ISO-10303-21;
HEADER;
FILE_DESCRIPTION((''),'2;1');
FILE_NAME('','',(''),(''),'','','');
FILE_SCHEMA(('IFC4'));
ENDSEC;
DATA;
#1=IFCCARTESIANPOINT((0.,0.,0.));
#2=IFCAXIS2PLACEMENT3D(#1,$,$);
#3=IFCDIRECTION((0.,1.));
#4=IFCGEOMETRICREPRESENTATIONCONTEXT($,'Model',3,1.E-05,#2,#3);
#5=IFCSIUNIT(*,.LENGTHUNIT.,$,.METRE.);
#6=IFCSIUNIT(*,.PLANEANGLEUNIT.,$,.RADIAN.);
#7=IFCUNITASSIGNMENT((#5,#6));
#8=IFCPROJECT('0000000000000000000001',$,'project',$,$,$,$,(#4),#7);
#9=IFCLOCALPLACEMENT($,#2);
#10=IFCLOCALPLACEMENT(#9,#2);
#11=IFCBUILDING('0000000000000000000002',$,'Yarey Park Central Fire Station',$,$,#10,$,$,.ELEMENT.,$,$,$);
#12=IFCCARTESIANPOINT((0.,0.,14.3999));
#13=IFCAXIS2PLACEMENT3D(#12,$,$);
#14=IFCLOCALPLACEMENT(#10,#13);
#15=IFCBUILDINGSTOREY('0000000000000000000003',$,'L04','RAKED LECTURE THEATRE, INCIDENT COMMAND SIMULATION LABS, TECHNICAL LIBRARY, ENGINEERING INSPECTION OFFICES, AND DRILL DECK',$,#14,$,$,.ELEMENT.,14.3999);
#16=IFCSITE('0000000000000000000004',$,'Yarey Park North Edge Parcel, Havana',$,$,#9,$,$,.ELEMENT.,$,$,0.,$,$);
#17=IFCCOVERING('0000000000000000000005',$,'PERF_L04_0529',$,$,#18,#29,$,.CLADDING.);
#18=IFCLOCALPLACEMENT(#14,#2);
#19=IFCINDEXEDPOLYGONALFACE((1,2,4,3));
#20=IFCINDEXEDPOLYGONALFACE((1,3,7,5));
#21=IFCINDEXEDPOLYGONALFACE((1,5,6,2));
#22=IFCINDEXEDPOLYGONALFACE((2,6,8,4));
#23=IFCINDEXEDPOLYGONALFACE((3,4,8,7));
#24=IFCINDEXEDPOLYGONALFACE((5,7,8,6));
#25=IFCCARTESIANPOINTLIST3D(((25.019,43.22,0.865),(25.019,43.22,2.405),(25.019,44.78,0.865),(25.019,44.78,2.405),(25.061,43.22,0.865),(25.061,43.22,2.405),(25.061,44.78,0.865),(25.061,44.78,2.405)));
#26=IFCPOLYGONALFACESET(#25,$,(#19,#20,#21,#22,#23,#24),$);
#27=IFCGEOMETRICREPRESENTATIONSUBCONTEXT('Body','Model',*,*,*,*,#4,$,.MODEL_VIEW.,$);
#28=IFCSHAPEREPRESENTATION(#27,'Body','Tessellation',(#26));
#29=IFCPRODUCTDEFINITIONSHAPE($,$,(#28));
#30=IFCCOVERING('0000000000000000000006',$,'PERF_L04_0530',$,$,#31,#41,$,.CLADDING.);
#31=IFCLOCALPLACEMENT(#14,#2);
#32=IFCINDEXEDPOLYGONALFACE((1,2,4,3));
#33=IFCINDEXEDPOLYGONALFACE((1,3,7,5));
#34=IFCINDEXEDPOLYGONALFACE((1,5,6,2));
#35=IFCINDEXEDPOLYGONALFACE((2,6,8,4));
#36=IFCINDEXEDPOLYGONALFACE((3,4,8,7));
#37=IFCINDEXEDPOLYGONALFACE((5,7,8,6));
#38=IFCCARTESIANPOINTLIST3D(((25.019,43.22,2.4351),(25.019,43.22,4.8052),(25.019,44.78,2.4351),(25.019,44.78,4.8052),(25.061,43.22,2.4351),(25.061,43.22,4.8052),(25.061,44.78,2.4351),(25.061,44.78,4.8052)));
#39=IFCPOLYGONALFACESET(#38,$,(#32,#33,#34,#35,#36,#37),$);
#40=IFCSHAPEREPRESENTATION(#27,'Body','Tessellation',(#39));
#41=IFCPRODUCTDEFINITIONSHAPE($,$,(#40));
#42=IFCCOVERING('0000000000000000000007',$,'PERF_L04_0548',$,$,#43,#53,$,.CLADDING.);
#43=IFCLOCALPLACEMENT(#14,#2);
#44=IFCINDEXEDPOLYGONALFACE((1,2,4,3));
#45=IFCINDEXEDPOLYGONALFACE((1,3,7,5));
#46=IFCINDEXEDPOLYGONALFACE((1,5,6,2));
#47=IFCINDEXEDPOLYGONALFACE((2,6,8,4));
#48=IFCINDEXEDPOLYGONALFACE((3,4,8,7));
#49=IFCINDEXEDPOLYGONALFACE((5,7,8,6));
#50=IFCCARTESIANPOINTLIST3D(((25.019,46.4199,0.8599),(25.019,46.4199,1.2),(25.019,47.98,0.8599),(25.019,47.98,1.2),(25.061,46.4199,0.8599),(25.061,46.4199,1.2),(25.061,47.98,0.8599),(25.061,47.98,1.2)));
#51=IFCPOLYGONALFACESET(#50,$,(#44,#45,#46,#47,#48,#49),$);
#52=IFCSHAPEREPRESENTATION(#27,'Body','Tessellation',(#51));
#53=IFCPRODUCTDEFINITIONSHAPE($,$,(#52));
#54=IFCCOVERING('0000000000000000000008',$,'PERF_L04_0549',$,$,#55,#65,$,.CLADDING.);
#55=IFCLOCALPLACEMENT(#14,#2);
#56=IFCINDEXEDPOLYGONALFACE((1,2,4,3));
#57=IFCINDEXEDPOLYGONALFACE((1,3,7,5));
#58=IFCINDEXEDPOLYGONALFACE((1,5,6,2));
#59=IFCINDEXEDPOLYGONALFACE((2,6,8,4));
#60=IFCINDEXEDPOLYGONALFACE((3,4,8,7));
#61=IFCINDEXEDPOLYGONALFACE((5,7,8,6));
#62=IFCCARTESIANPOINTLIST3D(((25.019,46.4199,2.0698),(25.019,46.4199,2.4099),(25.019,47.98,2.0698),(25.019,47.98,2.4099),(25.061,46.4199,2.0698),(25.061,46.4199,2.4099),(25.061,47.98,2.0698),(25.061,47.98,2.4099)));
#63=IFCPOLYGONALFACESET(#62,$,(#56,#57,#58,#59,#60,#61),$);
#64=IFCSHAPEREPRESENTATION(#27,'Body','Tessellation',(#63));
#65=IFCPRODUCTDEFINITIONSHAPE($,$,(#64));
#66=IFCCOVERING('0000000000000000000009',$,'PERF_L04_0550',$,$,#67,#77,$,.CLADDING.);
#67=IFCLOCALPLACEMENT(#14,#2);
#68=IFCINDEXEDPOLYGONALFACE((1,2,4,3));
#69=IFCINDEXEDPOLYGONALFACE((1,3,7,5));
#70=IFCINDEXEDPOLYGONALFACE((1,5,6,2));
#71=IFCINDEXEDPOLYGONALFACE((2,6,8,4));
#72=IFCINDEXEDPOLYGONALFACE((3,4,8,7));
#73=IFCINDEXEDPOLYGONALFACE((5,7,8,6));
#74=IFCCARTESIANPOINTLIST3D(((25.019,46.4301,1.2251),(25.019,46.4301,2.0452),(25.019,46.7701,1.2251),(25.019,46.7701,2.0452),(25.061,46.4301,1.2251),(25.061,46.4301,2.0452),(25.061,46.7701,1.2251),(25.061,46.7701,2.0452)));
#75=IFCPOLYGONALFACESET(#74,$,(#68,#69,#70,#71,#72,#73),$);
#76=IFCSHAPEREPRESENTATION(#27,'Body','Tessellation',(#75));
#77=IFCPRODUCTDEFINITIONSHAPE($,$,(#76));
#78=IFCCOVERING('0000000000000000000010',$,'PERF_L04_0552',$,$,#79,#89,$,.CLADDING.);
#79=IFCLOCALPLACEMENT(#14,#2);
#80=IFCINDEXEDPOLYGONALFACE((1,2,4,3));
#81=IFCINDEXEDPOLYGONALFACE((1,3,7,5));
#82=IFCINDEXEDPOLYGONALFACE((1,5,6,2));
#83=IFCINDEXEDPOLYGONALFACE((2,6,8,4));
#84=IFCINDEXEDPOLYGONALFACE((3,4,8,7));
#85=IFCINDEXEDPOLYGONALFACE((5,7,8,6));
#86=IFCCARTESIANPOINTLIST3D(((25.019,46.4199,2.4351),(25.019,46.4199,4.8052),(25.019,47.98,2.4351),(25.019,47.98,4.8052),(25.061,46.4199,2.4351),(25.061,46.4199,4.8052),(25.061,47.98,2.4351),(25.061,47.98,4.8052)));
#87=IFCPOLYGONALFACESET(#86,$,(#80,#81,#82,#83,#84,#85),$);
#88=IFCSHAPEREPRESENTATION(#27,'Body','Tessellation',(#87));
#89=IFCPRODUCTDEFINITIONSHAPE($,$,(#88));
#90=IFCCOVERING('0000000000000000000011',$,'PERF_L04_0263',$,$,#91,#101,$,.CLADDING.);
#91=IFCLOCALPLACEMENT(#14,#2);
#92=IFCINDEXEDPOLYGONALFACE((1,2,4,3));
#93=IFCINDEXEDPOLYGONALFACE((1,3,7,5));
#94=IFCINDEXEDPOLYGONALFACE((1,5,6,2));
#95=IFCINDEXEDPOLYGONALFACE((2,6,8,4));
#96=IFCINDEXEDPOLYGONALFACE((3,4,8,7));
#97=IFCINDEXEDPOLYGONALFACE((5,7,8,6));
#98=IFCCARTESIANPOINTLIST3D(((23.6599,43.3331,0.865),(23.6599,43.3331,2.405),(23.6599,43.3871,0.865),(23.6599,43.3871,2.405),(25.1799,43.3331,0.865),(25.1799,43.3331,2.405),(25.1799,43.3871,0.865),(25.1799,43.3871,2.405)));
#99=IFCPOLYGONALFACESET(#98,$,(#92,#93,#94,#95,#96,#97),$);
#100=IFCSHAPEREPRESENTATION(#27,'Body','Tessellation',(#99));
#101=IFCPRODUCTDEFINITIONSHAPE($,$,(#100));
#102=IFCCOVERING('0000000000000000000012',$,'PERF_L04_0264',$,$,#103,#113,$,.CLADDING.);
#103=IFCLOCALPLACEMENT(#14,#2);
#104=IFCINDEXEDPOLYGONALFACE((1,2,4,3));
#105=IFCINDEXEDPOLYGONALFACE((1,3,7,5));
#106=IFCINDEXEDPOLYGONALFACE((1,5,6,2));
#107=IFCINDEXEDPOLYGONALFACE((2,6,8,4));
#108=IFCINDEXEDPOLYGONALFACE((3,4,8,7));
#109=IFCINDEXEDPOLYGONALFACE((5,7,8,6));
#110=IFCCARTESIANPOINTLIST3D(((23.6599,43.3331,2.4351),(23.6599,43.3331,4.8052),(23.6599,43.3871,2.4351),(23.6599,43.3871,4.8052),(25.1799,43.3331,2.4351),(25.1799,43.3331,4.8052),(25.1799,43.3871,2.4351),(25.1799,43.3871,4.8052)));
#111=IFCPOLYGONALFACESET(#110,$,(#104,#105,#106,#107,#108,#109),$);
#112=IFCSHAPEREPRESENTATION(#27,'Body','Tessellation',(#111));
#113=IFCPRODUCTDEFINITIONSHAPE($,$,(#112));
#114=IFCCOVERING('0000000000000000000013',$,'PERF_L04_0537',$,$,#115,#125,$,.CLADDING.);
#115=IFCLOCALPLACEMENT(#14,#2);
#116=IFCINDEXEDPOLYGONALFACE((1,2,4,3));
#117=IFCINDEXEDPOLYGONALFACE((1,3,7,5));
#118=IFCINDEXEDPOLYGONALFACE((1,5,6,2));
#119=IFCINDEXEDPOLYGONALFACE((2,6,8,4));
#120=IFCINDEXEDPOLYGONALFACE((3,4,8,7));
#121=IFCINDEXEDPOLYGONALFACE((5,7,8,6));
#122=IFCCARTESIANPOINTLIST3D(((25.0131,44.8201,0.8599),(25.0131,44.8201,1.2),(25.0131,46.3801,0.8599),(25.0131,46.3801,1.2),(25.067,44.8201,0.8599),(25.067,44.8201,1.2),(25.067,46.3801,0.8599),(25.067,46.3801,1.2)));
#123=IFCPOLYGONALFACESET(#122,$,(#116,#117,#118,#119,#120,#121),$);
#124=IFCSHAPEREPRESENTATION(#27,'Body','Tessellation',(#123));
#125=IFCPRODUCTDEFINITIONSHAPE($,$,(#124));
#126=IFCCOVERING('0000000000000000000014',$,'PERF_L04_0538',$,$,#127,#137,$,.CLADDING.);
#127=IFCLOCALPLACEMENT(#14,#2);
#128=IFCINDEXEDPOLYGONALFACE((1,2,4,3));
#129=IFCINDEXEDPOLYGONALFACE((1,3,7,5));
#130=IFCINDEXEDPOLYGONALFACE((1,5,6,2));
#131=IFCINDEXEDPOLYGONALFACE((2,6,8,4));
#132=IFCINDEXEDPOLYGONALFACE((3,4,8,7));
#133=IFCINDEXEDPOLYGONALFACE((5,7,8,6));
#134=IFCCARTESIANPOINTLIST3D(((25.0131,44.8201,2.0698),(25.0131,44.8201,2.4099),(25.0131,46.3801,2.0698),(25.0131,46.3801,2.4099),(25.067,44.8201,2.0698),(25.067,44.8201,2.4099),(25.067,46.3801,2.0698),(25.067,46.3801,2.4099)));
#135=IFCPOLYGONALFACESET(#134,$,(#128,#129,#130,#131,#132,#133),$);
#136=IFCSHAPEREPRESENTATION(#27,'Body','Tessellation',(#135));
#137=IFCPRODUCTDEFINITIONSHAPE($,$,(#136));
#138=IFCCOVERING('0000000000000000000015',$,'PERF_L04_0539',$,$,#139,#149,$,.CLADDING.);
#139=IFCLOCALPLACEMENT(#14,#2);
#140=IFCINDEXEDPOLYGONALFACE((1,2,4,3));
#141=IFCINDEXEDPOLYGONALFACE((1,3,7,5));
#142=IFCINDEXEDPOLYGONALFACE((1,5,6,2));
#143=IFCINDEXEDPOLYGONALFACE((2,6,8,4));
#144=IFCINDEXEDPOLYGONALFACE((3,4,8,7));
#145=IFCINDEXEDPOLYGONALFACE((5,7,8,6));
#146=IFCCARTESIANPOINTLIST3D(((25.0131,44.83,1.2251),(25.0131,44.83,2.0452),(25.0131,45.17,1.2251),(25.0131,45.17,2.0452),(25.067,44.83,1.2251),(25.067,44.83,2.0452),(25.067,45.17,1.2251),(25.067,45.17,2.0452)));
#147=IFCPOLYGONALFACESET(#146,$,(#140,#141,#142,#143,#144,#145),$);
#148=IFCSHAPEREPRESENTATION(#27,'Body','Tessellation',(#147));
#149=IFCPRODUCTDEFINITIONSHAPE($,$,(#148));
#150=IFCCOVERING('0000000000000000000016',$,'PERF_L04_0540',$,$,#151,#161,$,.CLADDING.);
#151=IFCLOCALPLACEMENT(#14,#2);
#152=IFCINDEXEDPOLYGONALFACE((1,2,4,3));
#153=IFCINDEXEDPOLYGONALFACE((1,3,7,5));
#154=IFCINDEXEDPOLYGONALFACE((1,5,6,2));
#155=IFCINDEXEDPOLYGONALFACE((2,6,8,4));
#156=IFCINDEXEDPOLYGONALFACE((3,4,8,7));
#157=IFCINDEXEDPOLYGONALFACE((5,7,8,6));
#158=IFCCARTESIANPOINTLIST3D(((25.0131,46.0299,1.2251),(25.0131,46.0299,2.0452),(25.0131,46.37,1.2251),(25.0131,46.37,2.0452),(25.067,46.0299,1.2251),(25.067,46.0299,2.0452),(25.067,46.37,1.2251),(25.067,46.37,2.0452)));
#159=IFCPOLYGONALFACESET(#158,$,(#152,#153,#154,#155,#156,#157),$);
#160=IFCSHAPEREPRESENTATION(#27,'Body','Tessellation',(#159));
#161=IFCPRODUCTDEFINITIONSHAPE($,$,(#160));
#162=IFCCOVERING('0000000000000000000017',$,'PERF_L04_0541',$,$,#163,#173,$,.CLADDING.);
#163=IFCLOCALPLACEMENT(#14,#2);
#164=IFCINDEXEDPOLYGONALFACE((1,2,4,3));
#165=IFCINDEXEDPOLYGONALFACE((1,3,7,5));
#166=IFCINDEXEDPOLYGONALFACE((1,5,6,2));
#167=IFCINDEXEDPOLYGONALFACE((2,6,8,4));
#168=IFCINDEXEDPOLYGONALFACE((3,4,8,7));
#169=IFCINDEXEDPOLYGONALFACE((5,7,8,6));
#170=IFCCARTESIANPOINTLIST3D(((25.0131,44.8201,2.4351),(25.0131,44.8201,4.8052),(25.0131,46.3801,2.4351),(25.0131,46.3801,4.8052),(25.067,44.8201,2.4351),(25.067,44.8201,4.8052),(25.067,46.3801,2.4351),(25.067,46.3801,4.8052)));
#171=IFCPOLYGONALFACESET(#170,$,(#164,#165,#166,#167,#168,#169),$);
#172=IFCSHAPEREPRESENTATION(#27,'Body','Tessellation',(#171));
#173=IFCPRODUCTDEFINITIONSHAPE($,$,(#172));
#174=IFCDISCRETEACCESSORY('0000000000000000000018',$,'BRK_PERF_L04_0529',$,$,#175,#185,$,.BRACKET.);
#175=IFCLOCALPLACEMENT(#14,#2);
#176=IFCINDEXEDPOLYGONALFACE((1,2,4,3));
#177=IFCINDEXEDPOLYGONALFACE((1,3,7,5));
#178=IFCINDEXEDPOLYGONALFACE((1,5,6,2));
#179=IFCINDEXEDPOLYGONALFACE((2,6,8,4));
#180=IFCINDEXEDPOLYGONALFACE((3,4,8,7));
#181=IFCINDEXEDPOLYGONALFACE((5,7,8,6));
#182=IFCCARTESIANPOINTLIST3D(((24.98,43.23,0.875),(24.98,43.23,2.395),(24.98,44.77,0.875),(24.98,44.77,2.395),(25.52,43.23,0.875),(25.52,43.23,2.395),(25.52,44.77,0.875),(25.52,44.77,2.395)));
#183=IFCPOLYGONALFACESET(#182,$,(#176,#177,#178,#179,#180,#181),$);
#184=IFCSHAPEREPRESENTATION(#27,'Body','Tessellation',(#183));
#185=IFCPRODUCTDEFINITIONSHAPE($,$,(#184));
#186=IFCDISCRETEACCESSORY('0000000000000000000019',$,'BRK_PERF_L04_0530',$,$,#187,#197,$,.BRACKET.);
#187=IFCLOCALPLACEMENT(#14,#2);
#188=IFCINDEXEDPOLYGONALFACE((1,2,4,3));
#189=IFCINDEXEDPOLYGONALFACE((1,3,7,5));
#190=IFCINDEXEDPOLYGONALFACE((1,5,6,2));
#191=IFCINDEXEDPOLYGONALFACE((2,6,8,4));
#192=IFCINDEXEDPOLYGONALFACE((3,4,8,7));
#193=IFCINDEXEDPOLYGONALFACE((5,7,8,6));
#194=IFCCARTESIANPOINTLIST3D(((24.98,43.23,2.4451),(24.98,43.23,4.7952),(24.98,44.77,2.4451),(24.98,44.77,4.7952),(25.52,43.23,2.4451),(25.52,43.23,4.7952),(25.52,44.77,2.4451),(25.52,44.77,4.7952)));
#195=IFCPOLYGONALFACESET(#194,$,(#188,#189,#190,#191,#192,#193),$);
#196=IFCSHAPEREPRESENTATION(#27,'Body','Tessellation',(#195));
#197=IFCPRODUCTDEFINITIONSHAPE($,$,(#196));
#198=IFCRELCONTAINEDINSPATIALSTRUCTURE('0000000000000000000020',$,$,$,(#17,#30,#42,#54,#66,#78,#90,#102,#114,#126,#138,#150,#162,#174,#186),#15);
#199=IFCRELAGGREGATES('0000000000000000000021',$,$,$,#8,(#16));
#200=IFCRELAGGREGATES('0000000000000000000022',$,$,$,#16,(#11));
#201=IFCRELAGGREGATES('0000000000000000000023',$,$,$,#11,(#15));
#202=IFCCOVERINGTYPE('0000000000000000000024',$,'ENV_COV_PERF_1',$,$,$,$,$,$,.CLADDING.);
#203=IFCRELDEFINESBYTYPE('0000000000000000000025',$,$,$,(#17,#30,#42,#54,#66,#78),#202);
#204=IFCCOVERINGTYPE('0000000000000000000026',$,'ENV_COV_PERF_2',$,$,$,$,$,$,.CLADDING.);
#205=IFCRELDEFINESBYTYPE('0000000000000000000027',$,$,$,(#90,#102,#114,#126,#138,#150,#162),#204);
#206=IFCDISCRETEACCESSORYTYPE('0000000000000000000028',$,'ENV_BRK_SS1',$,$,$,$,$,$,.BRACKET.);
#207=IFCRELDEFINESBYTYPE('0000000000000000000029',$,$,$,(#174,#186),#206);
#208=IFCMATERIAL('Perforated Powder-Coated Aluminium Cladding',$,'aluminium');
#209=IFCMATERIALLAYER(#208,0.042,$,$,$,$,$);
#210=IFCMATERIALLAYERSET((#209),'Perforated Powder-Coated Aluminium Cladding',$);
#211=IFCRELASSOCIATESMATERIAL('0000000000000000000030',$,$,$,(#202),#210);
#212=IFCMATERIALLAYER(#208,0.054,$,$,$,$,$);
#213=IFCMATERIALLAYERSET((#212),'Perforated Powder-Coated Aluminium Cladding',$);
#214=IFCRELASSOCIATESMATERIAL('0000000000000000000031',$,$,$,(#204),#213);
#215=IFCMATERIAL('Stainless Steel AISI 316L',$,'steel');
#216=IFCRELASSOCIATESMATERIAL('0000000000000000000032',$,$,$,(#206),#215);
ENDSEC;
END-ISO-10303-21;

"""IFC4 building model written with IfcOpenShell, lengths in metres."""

from ifc_helpers import new_model, si_unit, direction, frame, origin, origin_2d, place, context, subcontext, project, spatial, rectangle, extrude, material, layer, layer_set, type_object, element, save


model = new_model("IFC4")

# Units and contexts
model_context = context("Model", 3, precision=1e-05, world=origin(), true_north=direction((0.0, 1.0)))
body_context = subcontext(model_context, "Body", "Model", "MODEL_VIEW")
ifc_project = project(units=[si_unit("LENGTHUNIT", "METRE"), si_unit("PLANEANGLEUNIT", "RADIAN")], contexts=[model_context])

# Site, building, storey
site_placement = place(None, origin())
site = spatial("IfcSite", under=ifc_project, at=site_placement, Name="Yarey Park North Edge Parcel, Havana", CompositionType="ELEMENT", RefElevation=0.0)
building_placement = place(site_placement, origin())
building = spatial("IfcBuilding", under=site, at=building_placement, Name="Yarey Park Central Fire Station", CompositionType="ELEMENT")
storey_placement = place(building_placement, frame((0.0, 0.0, 14.3999)))
storey = spatial("IfcBuildingStorey", under=building, at=storey_placement, Name="L04", Description="RAKED LECTURE THEATRE, INCIDENT COMMAND SIMULATION LABS, TECHNICAL LIBRARY, ENGINEERING INSPECTION OFFICES, AND DRILL DECK", CompositionType="ELEMENT", Elevation=14.3999)

# Coverings
ifc_material_1 = material(Name="Perforated Powder-Coated Aluminium Cladding", Category="aluminium")
ifc_layer_1 = layer(ifc_material_1, 0.042)
ifc_layer_set_1 = layer_set([ifc_layer_1], Name="Perforated Powder-Coated Aluminium Cladding")
covering_type_1 = type_object("IfcCoveringType", Name="ENV_COV_PERF_1", PredefinedType="CLADDING", material=ifc_layer_set_1)
covering_1_placement = place(storey_placement, frame((25.04, 44.0, 0.865), z_axis=(0.0, 0.0, 1.0), x_axis=(0.0, 1.0, 0.0)))
element("IfcCovering", 1, at=covering_1_placement, inside=storey, type_object=covering_type_1, Name="PERF_L04_0529", PredefinedType="CLADDING", context=body_context, shape_type="SweptSolid", body=[
    extrude(rectangle(XDim=1.5601, YDim=0.042, at=origin_2d()), origin(), (0.0, 0.0, 1.0), 1.54),
])
covering_2_placement = place(storey_placement, frame((25.04, 44.0, 2.4351), z_axis=(0.0, 0.0, 1.0), x_axis=(0.0, 1.0, 0.0)))
element("IfcCovering", 2, at=covering_2_placement, inside=storey, type_object=covering_type_1, Name="PERF_L04_0530", PredefinedType="CLADDING", context=body_context, shape_type="SweptSolid", body=[
    extrude(rectangle(XDim=1.5601, YDim=0.042, at=origin_2d()), origin(), (0.0, 0.0, 1.0), 2.3701),
])
for number, where, z_axis, x_axis, name in (
    (3, (25.04, 47.2, 0.8599), (0.0, 0.0, 1.0), (0.0, 1.0, 0.0), "PERF_L04_0548"),
    (4, (25.04, 47.2, 2.0698), (0.0, 0.0, 1.0), (0.0, 1.0, 0.0), "PERF_L04_0549"),
):
    element("IfcCovering", number, at=place(storey_placement, frame(where, z_axis=z_axis, x_axis=x_axis)), inside=storey, type_object=covering_type_1, Name=name, PredefinedType="CLADDING", context=body_context, shape_type="SweptSolid", body=[
        extrude(rectangle(XDim=1.5601, YDim=0.042, at=origin_2d()), origin(), (0.0, 0.0, 1.0), 0.3401),
    ])
covering_3_placement = place(storey_placement, frame((25.04, 46.6001, 1.2251), z_axis=(0.0, 0.0, 1.0), x_axis=(0.0, 1.0, 0.0)))
element("IfcCovering", 5, at=covering_3_placement, inside=storey, type_object=covering_type_1, Name="PERF_L04_0550", PredefinedType="CLADDING", context=body_context, shape_type="SweptSolid", body=[
    extrude(rectangle(XDim=0.3401, YDim=0.042, at=origin_2d()), origin(), (0.0, 0.0, 1.0), 0.8201),
])
covering_4_placement = place(storey_placement, frame((25.04, 47.2, 2.4351), z_axis=(0.0, 0.0, 1.0), x_axis=(0.0, 1.0, 0.0)))
element("IfcCovering", 6, at=covering_4_placement, inside=storey, type_object=covering_type_1, Name="PERF_L04_0552", PredefinedType="CLADDING", context=body_context, shape_type="SweptSolid", body=[
    extrude(rectangle(XDim=1.5601, YDim=0.042, at=origin_2d()), origin(), (0.0, 0.0, 1.0), 2.3701),
])
ifc_layer_2 = layer(ifc_material_1, 0.054)
ifc_layer_set_2 = layer_set([ifc_layer_2], Name="Perforated Powder-Coated Aluminium Cladding")
covering_type_2 = type_object("IfcCoveringType", Name="ENV_COV_PERF_2", PredefinedType="CLADDING", material=ifc_layer_set_2)
covering_5_placement = place(storey_placement, frame((24.4199, 43.3601, 0.865), z_axis=(0.0, 0.0, 1.0), x_axis=(1.0, 0.0, 0.0)))
element("IfcCovering", 7, at=covering_5_placement, inside=storey, type_object=covering_type_2, Name="PERF_L04_0263", PredefinedType="CLADDING", context=body_context, shape_type="SweptSolid", body=[
    extrude(rectangle(XDim=1.52, YDim=0.054, at=origin_2d()), origin(), (0.0, 0.0, 1.0), 1.54),
])
covering_6_placement = place(storey_placement, frame((24.4199, 43.3601, 2.4351), z_axis=(0.0, 0.0, 1.0), x_axis=(1.0, 0.0, 0.0)))
element("IfcCovering", 8, at=covering_6_placement, inside=storey, type_object=covering_type_2, Name="PERF_L04_0264", PredefinedType="CLADDING", context=body_context, shape_type="SweptSolid", body=[
    extrude(rectangle(XDim=1.52, YDim=0.054, at=origin_2d()), origin(), (0.0, 0.0, 1.0), 2.3701),
])
for number, where, z_axis, x_axis, name in (
    (9, (25.04, 45.6001, 0.8599), (0.0, 0.0, 1.0), (0.0, 1.0, 0.0), "PERF_L04_0537"),
    (10, (25.04, 45.6001, 2.0698), (0.0, 0.0, 1.0), (0.0, 1.0, 0.0), "PERF_L04_0538"),
):
    element("IfcCovering", number, at=place(storey_placement, frame(where, z_axis=z_axis, x_axis=x_axis)), inside=storey, type_object=covering_type_2, Name=name, PredefinedType="CLADDING", context=body_context, shape_type="SweptSolid", body=[
        extrude(rectangle(XDim=1.5601, YDim=0.054, at=origin_2d()), origin(), (0.0, 0.0, 1.0), 0.3401),
    ])
for number, where, z_axis, x_axis, name in (
    (11, (25.04, 45.0, 1.2251), (0.0, 0.0, 1.0), (0.0, 1.0, 0.0), "PERF_L04_0539"),
    (12, (25.04, 46.2, 1.2251), (0.0, 0.0, 1.0), (0.0, 1.0, 0.0), "PERF_L04_0540"),
):
    element("IfcCovering", number, at=place(storey_placement, frame(where, z_axis=z_axis, x_axis=x_axis)), inside=storey, type_object=covering_type_2, Name=name, PredefinedType="CLADDING", context=body_context, shape_type="SweptSolid", body=[
        extrude(rectangle(XDim=0.3401, YDim=0.054, at=origin_2d()), origin(), (0.0, 0.0, 1.0), 0.8201),
    ])
covering_7_placement = place(storey_placement, frame((25.04, 45.6001, 2.4351), z_axis=(0.0, 0.0, 1.0), x_axis=(0.0, 1.0, 0.0)))
element("IfcCovering", 13, at=covering_7_placement, inside=storey, type_object=covering_type_2, Name="PERF_L04_0541", PredefinedType="CLADDING", context=body_context, shape_type="SweptSolid", body=[
    extrude(rectangle(XDim=1.5601, YDim=0.054, at=origin_2d()), origin(), (0.0, 0.0, 1.0), 2.3701),
])

# Discrete accessories
ifc_material_2 = material(Name="Stainless Steel AISI 316L", Category="steel")
discrete_accessory_type = type_object("IfcDiscreteAccessoryType", Name="ENV_BRK_SS1", PredefinedType="BRACKET", material=ifc_material_2)
discrete_accessory_1_placement = place(storey_placement, frame((25.25, 44.0, 0.875), z_axis=(0.0, 0.0, 1.0), x_axis=(1.0, 0.0, 0.0)))
element("IfcDiscreteAccessory", 14, at=discrete_accessory_1_placement, inside=storey, type_object=discrete_accessory_type, Name="BRK_PERF_L04_0529", PredefinedType="BRACKET", context=body_context, shape_type="SweptSolid", body=[
    extrude(rectangle(XDim=0.54, YDim=1.54, at=origin_2d()), origin(), (0.0, 0.0, 1.0), 1.52),
])
discrete_accessory_2_placement = place(storey_placement, frame((25.25, 44.0, 2.4451), z_axis=(0.0, 0.0, 1.0), x_axis=(1.0, 0.0, 0.0)))
element("IfcDiscreteAccessory", 15, at=discrete_accessory_2_placement, inside=storey, type_object=discrete_accessory_type, Name="BRK_PERF_L04_0530", PredefinedType="BRACKET", context=body_context, shape_type="SweptSolid", body=[
    extrude(rectangle(XDim=0.54, YDim=1.54, at=origin_2d()), origin(), (0.0, 0.0, 1.0), 2.3501),
])

save(model, "model.ifc")
